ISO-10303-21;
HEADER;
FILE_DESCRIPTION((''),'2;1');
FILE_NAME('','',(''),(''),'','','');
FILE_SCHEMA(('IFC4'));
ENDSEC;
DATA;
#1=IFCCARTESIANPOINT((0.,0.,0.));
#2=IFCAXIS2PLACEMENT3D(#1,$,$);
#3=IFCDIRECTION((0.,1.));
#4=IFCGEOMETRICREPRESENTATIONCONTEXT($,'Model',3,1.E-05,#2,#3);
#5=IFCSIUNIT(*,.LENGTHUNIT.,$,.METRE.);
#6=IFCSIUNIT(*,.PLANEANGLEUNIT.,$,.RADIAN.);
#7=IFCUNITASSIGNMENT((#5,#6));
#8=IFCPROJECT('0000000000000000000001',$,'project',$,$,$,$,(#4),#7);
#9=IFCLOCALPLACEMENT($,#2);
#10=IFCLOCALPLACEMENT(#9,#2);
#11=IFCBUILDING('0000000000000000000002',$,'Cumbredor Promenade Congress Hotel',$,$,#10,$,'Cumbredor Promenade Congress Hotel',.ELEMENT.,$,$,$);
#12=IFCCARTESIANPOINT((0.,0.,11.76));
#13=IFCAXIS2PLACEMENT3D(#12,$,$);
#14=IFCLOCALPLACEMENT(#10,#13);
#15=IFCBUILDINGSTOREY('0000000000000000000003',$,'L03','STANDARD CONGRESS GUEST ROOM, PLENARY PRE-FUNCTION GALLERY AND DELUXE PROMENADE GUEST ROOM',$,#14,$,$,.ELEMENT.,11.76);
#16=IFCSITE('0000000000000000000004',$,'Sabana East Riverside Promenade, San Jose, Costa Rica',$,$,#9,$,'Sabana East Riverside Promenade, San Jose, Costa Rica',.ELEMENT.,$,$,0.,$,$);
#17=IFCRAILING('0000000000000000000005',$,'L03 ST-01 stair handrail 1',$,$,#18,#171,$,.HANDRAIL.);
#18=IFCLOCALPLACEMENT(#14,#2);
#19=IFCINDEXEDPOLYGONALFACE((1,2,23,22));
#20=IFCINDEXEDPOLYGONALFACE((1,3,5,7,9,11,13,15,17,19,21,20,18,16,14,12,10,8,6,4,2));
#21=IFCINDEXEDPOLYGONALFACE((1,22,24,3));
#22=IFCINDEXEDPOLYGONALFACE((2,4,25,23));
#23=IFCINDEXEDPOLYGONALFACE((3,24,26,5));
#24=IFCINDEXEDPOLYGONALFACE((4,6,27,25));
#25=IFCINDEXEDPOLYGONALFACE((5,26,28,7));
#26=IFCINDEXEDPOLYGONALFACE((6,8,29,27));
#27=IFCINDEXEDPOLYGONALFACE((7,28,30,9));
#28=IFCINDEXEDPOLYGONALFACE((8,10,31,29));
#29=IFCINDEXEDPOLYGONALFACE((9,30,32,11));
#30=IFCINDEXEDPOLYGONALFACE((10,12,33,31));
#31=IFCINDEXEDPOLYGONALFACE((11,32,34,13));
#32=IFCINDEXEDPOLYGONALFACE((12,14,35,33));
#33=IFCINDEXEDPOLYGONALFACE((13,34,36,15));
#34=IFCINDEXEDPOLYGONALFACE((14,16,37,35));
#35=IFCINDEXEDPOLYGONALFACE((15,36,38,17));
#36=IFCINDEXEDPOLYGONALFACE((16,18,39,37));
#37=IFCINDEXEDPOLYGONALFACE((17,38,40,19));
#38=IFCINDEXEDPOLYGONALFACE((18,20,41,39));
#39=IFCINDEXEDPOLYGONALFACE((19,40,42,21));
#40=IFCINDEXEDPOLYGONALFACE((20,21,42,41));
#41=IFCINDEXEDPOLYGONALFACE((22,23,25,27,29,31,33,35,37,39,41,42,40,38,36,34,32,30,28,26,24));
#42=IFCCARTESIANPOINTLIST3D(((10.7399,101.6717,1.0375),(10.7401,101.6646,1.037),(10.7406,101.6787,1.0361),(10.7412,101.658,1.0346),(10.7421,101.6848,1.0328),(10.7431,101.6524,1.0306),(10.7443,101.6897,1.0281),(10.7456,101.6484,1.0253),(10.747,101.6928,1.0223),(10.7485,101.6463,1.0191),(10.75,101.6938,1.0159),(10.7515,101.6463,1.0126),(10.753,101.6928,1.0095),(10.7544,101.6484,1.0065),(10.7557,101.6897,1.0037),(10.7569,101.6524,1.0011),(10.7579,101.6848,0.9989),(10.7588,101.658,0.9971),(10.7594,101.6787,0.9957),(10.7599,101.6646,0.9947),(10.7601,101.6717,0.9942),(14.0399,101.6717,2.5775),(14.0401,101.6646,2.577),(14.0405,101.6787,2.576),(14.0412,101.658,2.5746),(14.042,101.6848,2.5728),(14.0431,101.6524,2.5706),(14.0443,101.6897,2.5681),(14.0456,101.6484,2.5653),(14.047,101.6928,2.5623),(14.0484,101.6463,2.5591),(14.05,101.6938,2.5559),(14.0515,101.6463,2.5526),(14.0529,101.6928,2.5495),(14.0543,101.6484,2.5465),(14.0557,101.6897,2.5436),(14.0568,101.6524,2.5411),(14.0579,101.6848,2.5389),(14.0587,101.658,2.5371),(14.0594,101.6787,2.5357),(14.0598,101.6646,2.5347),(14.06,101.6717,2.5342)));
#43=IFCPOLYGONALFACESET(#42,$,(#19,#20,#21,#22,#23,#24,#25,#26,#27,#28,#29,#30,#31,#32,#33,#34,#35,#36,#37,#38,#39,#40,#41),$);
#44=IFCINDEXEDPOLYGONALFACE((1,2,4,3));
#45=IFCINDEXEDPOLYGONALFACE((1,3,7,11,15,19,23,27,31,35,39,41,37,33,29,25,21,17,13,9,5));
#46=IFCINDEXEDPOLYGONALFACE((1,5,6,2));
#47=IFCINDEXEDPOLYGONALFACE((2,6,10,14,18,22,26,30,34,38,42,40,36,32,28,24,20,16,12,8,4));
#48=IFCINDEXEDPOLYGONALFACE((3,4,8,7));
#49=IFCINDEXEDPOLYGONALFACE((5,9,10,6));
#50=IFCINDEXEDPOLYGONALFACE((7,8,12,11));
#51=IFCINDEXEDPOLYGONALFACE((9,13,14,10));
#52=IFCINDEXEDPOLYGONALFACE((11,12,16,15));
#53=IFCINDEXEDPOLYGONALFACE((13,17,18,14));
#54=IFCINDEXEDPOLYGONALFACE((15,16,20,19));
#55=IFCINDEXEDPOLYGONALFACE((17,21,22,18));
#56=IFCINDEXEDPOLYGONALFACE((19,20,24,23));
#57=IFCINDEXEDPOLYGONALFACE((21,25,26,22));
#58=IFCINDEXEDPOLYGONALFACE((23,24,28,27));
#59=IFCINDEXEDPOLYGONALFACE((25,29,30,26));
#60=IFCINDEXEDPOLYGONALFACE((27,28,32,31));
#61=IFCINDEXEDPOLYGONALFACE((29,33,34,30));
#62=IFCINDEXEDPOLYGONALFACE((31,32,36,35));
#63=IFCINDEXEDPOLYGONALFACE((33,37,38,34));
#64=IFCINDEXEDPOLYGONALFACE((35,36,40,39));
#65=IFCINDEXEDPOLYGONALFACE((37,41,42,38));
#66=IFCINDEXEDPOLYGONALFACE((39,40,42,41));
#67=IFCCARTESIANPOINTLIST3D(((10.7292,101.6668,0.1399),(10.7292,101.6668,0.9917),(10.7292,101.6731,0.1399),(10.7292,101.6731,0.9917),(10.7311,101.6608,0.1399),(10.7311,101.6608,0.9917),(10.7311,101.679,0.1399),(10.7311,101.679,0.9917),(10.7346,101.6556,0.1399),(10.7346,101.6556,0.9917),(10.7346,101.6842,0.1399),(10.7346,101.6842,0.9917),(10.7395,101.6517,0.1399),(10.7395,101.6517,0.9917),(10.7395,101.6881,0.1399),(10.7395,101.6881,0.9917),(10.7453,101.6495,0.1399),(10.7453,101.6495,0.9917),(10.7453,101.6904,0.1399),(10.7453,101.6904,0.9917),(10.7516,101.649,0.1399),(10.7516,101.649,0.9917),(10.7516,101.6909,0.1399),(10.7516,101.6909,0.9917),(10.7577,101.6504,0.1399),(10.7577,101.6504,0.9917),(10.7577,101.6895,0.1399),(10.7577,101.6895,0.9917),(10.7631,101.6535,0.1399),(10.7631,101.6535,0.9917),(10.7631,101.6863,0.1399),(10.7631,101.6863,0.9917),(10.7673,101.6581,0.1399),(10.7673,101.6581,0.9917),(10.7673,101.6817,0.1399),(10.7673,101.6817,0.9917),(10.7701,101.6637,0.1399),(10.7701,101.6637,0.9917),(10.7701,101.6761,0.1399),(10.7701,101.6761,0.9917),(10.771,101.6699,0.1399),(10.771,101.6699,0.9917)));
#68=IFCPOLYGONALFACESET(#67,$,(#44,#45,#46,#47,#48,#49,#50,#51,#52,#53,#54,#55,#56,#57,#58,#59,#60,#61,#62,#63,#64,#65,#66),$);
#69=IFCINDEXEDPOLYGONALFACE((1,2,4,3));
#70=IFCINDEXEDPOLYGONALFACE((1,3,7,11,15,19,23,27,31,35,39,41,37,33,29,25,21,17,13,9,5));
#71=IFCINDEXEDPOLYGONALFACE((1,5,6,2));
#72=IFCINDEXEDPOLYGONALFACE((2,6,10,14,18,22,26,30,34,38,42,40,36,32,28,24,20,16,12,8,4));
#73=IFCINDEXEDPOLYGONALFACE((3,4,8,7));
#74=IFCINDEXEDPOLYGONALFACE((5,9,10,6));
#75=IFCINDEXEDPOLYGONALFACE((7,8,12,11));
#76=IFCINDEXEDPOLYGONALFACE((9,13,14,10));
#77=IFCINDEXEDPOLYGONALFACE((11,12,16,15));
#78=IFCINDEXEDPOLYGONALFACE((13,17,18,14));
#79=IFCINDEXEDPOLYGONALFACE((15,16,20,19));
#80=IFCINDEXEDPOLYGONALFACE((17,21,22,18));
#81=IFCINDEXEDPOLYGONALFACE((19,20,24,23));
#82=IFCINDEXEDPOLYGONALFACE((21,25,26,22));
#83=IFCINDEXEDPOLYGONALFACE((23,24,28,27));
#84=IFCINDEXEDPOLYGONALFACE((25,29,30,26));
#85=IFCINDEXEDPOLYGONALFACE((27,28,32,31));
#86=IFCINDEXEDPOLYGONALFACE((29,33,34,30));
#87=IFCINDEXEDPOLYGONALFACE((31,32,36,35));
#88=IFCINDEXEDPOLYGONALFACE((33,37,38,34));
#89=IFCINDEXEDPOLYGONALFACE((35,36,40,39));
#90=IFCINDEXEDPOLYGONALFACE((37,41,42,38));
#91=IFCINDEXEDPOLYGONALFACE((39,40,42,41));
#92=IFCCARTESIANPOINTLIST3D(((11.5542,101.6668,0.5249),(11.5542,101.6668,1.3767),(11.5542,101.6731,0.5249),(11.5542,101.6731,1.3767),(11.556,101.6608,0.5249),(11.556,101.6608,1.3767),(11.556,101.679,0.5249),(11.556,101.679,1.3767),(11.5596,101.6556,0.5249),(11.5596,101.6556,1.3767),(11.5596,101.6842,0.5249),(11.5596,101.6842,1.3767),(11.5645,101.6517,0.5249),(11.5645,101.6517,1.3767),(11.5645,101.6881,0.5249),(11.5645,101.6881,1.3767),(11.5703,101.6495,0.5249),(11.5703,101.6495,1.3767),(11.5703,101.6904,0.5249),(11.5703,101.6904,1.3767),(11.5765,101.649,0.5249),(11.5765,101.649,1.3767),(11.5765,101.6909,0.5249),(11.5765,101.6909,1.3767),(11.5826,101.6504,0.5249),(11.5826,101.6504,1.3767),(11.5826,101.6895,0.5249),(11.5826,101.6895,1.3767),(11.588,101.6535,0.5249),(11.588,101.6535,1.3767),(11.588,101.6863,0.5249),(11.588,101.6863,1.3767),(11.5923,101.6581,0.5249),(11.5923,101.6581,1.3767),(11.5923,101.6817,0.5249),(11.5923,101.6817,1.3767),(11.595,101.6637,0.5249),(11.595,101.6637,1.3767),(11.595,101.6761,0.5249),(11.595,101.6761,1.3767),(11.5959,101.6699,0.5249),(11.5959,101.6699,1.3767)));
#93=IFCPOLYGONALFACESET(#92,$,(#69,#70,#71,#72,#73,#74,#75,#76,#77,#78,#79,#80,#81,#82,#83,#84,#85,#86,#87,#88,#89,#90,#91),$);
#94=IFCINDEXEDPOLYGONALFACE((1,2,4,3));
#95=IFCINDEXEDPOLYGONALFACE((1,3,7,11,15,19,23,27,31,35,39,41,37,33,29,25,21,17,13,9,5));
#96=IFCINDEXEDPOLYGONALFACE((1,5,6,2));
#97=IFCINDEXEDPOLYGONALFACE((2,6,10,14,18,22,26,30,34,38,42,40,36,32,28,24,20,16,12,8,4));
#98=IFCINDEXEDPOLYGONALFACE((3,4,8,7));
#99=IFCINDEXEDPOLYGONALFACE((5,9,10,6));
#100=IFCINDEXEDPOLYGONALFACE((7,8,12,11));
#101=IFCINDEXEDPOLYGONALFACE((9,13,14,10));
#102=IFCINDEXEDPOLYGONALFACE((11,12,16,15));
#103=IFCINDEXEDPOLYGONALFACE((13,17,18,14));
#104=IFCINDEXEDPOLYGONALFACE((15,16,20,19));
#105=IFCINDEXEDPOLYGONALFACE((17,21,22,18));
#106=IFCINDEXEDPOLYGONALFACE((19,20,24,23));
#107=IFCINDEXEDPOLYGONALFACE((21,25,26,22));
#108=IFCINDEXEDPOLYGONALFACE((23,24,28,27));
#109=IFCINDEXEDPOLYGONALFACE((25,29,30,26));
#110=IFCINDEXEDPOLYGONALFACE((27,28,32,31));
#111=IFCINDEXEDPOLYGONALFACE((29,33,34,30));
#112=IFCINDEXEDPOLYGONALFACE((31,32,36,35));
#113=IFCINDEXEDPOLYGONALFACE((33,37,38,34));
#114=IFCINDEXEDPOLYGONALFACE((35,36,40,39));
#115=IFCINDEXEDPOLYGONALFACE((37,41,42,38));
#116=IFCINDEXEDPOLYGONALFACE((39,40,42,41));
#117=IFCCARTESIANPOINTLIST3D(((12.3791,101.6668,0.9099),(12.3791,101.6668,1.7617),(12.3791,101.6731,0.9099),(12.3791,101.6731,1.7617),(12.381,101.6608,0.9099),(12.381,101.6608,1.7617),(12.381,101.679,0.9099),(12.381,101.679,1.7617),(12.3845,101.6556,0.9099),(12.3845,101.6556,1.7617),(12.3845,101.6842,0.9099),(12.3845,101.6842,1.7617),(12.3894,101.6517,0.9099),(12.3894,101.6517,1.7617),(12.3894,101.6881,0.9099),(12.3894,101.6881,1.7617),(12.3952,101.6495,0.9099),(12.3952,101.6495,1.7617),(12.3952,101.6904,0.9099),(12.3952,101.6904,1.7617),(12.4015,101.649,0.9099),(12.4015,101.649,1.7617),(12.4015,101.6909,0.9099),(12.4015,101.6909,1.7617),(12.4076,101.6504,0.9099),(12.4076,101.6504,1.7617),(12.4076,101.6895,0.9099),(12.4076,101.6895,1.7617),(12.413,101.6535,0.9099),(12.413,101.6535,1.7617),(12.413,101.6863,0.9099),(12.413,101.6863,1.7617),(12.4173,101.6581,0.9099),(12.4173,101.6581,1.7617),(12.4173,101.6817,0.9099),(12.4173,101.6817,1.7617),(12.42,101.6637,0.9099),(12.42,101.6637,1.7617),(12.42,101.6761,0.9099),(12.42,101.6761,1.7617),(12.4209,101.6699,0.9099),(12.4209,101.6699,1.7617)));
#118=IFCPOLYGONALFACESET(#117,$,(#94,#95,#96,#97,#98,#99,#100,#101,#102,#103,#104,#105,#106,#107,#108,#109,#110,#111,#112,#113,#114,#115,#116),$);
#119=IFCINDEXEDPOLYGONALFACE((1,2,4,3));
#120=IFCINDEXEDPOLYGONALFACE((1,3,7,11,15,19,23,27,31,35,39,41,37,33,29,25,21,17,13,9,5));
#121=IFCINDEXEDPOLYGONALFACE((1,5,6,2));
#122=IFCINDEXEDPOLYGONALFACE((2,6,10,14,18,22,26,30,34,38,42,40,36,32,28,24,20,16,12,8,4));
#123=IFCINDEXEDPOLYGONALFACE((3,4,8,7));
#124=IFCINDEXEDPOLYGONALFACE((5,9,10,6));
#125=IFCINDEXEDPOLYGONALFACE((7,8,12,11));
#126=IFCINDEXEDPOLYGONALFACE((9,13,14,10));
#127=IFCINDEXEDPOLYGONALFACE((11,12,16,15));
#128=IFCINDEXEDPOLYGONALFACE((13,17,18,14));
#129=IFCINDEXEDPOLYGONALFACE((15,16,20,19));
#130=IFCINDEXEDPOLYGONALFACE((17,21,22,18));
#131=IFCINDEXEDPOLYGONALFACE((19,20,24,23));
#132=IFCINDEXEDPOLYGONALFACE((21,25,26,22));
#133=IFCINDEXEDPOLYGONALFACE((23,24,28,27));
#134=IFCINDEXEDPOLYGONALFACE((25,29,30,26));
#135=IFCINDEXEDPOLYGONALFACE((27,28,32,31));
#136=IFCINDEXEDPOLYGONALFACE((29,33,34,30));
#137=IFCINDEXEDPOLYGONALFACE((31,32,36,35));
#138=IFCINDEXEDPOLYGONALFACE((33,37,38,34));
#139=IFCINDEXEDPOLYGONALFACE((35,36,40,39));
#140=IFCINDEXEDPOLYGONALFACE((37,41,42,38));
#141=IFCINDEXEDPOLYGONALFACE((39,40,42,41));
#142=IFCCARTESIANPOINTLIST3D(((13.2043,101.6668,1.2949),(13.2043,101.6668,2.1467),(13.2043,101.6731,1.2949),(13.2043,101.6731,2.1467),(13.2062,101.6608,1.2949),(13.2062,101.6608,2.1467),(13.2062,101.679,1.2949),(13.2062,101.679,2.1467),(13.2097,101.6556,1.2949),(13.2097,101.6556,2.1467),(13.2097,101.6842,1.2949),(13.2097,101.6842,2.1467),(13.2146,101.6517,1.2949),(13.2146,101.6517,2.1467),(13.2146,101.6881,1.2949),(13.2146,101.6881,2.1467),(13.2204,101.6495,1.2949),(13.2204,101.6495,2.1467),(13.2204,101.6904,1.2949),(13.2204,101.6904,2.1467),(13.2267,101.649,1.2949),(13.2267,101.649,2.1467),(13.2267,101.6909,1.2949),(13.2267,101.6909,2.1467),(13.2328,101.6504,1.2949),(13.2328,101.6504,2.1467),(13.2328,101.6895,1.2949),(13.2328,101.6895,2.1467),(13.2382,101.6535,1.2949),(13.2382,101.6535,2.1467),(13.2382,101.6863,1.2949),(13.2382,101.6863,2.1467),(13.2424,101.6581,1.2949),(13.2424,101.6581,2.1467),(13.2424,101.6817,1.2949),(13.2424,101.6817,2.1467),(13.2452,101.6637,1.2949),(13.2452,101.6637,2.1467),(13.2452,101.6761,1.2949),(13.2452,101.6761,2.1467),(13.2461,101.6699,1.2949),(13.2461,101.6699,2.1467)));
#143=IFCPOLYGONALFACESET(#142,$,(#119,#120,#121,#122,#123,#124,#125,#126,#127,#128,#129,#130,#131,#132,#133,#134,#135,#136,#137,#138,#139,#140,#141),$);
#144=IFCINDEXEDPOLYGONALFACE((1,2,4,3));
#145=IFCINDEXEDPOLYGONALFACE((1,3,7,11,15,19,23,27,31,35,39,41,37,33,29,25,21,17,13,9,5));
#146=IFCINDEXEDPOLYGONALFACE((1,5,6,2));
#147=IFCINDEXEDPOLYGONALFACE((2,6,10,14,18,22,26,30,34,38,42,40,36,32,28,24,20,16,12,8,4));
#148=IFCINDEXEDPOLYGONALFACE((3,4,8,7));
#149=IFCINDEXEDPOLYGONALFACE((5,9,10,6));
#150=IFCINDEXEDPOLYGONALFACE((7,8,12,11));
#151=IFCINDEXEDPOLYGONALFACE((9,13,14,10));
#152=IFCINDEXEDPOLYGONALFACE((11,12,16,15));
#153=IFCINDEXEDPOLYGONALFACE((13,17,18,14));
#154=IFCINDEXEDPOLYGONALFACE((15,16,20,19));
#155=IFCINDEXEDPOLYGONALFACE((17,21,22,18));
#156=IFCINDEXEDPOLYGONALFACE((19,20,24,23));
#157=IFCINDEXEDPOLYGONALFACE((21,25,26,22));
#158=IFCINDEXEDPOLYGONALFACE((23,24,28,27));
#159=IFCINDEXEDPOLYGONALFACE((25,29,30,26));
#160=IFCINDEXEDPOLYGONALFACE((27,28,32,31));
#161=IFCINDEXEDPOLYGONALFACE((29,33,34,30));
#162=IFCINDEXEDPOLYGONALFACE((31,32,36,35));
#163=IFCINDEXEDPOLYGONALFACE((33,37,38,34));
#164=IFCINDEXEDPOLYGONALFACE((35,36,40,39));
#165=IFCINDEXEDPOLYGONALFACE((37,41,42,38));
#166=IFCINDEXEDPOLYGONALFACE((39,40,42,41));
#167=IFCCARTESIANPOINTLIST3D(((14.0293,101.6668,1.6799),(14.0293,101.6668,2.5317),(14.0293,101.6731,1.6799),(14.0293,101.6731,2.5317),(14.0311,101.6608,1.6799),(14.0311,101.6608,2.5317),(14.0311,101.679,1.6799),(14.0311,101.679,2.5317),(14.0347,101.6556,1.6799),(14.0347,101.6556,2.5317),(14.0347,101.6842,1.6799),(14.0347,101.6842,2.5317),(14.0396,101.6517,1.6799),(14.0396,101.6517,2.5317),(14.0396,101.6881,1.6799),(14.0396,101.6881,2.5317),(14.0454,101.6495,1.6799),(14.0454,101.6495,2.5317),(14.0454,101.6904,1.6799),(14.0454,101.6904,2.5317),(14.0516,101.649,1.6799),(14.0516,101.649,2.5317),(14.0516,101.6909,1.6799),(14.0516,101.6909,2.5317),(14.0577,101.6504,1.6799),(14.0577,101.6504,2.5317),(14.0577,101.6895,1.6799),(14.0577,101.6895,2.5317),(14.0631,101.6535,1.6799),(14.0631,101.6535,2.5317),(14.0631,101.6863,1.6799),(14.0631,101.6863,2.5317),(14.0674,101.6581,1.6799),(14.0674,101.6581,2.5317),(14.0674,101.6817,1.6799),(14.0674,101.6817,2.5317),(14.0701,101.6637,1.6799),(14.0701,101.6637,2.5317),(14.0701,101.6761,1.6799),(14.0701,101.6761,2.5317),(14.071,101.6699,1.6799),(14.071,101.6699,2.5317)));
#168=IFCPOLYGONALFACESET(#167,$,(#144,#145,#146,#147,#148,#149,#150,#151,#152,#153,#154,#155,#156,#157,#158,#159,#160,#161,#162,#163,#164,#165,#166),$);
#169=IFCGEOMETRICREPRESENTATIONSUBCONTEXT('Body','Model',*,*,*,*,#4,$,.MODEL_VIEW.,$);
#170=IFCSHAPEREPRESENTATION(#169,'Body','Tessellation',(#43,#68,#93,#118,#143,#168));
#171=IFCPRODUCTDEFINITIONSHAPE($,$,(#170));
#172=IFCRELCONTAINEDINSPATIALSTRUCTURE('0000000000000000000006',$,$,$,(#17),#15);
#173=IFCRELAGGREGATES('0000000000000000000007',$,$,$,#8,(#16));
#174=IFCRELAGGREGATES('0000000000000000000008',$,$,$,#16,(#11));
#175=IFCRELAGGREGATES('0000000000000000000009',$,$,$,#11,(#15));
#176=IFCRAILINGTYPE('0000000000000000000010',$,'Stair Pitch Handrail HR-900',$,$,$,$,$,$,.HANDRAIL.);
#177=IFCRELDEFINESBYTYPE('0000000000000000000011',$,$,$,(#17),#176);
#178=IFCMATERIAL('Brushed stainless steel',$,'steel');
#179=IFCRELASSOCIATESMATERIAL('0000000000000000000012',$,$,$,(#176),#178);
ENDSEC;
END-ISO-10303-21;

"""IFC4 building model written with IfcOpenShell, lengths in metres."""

from ifc_helpers import new_model, si_unit, direction, frame, origin, origin_2d, place, context, subcontext, project, spatial, circle, extrude, material, type_object, element, save


model = new_model("IFC4")

# Units and contexts
model_context = context("Model", 3, precision=1e-05, world=origin(), true_north=direction((0.0, 1.0)))
body_context = subcontext(model_context, "Body", "Model", "MODEL_VIEW")
ifc_project = project(units=[si_unit("LENGTHUNIT", "METRE"), si_unit("PLANEANGLEUNIT", "RADIAN")], contexts=[model_context])

# Site, building, storey
site_placement = place(None, origin())
site = spatial("IfcSite", under=ifc_project, at=site_placement, Name="Sabana East Riverside Promenade, San Jose, Costa Rica", LongName="Sabana East Riverside Promenade, San Jose, Costa Rica", CompositionType="ELEMENT", RefElevation=0.0)
building_placement = place(site_placement, origin())
building = spatial("IfcBuilding", under=site, at=building_placement, Name="Cumbredor Promenade Congress Hotel", LongName="Cumbredor Promenade Congress Hotel", CompositionType="ELEMENT")
storey_placement = place(building_placement, frame((0.0, 0.0, 11.76)))
storey = spatial("IfcBuildingStorey", under=building, at=storey_placement, Name="L03", Description="STANDARD CONGRESS GUEST ROOM, PLENARY PRE-FUNCTION GALLERY AND DELUXE PROMENADE GUEST ROOM", CompositionType="ELEMENT", Elevation=11.76)

# Railing
ifc_material_1 = material(Name="Brushed stainless steel", Category="steel")
railing_type_1 = type_object("IfcRailingType", Name="Stair Pitch Handrail HR-900", PredefinedType="HANDRAIL", material=ifc_material_1)
railing_1_placement = place(storey_placement, frame((10.75, 101.6699, 0.1399)))
element("IfcRailing", 1, at=railing_1_placement, inside=storey, type_object=railing_type_1, Name="L03 ST-01 stair handrail 1", PredefinedType="HANDRAIL", context=body_context, shape_type="SweptSolid", body=[
    extrude(circle(Radius=0.0239, at=origin_2d()), frame((0.0, 0.0, 0.876), z_axis=(0.906181, 0.0, 0.422889), x_axis=(0.0, 1.0, 0.0)), (0.0, 0.0, 1.0), 3.6416),
    extrude(circle(Radius=0.021, at=origin_2d()), origin(), (0.0, 0.0, 1.0), 0.8518),
    extrude(circle(Radius=0.021, at=origin_2d()), frame((0.825, 0.0, 0.385)), (0.0, 0.0, 1.0), 0.8518),
    extrude(circle(Radius=0.021, at=origin_2d()), frame((1.6499, 0.0, 0.77)), (0.0, 0.0, 1.0), 0.8518),
    extrude(circle(Radius=0.021, at=origin_2d()), frame((2.4751, 0.0, 1.155)), (0.0, 0.0, 1.0), 0.8518),
    extrude(circle(Radius=0.021, at=origin_2d()), frame((3.3, 0.0, 1.54)), (0.0, 0.0, 1.0), 0.8518),
])

save(model, "model.ifc")
